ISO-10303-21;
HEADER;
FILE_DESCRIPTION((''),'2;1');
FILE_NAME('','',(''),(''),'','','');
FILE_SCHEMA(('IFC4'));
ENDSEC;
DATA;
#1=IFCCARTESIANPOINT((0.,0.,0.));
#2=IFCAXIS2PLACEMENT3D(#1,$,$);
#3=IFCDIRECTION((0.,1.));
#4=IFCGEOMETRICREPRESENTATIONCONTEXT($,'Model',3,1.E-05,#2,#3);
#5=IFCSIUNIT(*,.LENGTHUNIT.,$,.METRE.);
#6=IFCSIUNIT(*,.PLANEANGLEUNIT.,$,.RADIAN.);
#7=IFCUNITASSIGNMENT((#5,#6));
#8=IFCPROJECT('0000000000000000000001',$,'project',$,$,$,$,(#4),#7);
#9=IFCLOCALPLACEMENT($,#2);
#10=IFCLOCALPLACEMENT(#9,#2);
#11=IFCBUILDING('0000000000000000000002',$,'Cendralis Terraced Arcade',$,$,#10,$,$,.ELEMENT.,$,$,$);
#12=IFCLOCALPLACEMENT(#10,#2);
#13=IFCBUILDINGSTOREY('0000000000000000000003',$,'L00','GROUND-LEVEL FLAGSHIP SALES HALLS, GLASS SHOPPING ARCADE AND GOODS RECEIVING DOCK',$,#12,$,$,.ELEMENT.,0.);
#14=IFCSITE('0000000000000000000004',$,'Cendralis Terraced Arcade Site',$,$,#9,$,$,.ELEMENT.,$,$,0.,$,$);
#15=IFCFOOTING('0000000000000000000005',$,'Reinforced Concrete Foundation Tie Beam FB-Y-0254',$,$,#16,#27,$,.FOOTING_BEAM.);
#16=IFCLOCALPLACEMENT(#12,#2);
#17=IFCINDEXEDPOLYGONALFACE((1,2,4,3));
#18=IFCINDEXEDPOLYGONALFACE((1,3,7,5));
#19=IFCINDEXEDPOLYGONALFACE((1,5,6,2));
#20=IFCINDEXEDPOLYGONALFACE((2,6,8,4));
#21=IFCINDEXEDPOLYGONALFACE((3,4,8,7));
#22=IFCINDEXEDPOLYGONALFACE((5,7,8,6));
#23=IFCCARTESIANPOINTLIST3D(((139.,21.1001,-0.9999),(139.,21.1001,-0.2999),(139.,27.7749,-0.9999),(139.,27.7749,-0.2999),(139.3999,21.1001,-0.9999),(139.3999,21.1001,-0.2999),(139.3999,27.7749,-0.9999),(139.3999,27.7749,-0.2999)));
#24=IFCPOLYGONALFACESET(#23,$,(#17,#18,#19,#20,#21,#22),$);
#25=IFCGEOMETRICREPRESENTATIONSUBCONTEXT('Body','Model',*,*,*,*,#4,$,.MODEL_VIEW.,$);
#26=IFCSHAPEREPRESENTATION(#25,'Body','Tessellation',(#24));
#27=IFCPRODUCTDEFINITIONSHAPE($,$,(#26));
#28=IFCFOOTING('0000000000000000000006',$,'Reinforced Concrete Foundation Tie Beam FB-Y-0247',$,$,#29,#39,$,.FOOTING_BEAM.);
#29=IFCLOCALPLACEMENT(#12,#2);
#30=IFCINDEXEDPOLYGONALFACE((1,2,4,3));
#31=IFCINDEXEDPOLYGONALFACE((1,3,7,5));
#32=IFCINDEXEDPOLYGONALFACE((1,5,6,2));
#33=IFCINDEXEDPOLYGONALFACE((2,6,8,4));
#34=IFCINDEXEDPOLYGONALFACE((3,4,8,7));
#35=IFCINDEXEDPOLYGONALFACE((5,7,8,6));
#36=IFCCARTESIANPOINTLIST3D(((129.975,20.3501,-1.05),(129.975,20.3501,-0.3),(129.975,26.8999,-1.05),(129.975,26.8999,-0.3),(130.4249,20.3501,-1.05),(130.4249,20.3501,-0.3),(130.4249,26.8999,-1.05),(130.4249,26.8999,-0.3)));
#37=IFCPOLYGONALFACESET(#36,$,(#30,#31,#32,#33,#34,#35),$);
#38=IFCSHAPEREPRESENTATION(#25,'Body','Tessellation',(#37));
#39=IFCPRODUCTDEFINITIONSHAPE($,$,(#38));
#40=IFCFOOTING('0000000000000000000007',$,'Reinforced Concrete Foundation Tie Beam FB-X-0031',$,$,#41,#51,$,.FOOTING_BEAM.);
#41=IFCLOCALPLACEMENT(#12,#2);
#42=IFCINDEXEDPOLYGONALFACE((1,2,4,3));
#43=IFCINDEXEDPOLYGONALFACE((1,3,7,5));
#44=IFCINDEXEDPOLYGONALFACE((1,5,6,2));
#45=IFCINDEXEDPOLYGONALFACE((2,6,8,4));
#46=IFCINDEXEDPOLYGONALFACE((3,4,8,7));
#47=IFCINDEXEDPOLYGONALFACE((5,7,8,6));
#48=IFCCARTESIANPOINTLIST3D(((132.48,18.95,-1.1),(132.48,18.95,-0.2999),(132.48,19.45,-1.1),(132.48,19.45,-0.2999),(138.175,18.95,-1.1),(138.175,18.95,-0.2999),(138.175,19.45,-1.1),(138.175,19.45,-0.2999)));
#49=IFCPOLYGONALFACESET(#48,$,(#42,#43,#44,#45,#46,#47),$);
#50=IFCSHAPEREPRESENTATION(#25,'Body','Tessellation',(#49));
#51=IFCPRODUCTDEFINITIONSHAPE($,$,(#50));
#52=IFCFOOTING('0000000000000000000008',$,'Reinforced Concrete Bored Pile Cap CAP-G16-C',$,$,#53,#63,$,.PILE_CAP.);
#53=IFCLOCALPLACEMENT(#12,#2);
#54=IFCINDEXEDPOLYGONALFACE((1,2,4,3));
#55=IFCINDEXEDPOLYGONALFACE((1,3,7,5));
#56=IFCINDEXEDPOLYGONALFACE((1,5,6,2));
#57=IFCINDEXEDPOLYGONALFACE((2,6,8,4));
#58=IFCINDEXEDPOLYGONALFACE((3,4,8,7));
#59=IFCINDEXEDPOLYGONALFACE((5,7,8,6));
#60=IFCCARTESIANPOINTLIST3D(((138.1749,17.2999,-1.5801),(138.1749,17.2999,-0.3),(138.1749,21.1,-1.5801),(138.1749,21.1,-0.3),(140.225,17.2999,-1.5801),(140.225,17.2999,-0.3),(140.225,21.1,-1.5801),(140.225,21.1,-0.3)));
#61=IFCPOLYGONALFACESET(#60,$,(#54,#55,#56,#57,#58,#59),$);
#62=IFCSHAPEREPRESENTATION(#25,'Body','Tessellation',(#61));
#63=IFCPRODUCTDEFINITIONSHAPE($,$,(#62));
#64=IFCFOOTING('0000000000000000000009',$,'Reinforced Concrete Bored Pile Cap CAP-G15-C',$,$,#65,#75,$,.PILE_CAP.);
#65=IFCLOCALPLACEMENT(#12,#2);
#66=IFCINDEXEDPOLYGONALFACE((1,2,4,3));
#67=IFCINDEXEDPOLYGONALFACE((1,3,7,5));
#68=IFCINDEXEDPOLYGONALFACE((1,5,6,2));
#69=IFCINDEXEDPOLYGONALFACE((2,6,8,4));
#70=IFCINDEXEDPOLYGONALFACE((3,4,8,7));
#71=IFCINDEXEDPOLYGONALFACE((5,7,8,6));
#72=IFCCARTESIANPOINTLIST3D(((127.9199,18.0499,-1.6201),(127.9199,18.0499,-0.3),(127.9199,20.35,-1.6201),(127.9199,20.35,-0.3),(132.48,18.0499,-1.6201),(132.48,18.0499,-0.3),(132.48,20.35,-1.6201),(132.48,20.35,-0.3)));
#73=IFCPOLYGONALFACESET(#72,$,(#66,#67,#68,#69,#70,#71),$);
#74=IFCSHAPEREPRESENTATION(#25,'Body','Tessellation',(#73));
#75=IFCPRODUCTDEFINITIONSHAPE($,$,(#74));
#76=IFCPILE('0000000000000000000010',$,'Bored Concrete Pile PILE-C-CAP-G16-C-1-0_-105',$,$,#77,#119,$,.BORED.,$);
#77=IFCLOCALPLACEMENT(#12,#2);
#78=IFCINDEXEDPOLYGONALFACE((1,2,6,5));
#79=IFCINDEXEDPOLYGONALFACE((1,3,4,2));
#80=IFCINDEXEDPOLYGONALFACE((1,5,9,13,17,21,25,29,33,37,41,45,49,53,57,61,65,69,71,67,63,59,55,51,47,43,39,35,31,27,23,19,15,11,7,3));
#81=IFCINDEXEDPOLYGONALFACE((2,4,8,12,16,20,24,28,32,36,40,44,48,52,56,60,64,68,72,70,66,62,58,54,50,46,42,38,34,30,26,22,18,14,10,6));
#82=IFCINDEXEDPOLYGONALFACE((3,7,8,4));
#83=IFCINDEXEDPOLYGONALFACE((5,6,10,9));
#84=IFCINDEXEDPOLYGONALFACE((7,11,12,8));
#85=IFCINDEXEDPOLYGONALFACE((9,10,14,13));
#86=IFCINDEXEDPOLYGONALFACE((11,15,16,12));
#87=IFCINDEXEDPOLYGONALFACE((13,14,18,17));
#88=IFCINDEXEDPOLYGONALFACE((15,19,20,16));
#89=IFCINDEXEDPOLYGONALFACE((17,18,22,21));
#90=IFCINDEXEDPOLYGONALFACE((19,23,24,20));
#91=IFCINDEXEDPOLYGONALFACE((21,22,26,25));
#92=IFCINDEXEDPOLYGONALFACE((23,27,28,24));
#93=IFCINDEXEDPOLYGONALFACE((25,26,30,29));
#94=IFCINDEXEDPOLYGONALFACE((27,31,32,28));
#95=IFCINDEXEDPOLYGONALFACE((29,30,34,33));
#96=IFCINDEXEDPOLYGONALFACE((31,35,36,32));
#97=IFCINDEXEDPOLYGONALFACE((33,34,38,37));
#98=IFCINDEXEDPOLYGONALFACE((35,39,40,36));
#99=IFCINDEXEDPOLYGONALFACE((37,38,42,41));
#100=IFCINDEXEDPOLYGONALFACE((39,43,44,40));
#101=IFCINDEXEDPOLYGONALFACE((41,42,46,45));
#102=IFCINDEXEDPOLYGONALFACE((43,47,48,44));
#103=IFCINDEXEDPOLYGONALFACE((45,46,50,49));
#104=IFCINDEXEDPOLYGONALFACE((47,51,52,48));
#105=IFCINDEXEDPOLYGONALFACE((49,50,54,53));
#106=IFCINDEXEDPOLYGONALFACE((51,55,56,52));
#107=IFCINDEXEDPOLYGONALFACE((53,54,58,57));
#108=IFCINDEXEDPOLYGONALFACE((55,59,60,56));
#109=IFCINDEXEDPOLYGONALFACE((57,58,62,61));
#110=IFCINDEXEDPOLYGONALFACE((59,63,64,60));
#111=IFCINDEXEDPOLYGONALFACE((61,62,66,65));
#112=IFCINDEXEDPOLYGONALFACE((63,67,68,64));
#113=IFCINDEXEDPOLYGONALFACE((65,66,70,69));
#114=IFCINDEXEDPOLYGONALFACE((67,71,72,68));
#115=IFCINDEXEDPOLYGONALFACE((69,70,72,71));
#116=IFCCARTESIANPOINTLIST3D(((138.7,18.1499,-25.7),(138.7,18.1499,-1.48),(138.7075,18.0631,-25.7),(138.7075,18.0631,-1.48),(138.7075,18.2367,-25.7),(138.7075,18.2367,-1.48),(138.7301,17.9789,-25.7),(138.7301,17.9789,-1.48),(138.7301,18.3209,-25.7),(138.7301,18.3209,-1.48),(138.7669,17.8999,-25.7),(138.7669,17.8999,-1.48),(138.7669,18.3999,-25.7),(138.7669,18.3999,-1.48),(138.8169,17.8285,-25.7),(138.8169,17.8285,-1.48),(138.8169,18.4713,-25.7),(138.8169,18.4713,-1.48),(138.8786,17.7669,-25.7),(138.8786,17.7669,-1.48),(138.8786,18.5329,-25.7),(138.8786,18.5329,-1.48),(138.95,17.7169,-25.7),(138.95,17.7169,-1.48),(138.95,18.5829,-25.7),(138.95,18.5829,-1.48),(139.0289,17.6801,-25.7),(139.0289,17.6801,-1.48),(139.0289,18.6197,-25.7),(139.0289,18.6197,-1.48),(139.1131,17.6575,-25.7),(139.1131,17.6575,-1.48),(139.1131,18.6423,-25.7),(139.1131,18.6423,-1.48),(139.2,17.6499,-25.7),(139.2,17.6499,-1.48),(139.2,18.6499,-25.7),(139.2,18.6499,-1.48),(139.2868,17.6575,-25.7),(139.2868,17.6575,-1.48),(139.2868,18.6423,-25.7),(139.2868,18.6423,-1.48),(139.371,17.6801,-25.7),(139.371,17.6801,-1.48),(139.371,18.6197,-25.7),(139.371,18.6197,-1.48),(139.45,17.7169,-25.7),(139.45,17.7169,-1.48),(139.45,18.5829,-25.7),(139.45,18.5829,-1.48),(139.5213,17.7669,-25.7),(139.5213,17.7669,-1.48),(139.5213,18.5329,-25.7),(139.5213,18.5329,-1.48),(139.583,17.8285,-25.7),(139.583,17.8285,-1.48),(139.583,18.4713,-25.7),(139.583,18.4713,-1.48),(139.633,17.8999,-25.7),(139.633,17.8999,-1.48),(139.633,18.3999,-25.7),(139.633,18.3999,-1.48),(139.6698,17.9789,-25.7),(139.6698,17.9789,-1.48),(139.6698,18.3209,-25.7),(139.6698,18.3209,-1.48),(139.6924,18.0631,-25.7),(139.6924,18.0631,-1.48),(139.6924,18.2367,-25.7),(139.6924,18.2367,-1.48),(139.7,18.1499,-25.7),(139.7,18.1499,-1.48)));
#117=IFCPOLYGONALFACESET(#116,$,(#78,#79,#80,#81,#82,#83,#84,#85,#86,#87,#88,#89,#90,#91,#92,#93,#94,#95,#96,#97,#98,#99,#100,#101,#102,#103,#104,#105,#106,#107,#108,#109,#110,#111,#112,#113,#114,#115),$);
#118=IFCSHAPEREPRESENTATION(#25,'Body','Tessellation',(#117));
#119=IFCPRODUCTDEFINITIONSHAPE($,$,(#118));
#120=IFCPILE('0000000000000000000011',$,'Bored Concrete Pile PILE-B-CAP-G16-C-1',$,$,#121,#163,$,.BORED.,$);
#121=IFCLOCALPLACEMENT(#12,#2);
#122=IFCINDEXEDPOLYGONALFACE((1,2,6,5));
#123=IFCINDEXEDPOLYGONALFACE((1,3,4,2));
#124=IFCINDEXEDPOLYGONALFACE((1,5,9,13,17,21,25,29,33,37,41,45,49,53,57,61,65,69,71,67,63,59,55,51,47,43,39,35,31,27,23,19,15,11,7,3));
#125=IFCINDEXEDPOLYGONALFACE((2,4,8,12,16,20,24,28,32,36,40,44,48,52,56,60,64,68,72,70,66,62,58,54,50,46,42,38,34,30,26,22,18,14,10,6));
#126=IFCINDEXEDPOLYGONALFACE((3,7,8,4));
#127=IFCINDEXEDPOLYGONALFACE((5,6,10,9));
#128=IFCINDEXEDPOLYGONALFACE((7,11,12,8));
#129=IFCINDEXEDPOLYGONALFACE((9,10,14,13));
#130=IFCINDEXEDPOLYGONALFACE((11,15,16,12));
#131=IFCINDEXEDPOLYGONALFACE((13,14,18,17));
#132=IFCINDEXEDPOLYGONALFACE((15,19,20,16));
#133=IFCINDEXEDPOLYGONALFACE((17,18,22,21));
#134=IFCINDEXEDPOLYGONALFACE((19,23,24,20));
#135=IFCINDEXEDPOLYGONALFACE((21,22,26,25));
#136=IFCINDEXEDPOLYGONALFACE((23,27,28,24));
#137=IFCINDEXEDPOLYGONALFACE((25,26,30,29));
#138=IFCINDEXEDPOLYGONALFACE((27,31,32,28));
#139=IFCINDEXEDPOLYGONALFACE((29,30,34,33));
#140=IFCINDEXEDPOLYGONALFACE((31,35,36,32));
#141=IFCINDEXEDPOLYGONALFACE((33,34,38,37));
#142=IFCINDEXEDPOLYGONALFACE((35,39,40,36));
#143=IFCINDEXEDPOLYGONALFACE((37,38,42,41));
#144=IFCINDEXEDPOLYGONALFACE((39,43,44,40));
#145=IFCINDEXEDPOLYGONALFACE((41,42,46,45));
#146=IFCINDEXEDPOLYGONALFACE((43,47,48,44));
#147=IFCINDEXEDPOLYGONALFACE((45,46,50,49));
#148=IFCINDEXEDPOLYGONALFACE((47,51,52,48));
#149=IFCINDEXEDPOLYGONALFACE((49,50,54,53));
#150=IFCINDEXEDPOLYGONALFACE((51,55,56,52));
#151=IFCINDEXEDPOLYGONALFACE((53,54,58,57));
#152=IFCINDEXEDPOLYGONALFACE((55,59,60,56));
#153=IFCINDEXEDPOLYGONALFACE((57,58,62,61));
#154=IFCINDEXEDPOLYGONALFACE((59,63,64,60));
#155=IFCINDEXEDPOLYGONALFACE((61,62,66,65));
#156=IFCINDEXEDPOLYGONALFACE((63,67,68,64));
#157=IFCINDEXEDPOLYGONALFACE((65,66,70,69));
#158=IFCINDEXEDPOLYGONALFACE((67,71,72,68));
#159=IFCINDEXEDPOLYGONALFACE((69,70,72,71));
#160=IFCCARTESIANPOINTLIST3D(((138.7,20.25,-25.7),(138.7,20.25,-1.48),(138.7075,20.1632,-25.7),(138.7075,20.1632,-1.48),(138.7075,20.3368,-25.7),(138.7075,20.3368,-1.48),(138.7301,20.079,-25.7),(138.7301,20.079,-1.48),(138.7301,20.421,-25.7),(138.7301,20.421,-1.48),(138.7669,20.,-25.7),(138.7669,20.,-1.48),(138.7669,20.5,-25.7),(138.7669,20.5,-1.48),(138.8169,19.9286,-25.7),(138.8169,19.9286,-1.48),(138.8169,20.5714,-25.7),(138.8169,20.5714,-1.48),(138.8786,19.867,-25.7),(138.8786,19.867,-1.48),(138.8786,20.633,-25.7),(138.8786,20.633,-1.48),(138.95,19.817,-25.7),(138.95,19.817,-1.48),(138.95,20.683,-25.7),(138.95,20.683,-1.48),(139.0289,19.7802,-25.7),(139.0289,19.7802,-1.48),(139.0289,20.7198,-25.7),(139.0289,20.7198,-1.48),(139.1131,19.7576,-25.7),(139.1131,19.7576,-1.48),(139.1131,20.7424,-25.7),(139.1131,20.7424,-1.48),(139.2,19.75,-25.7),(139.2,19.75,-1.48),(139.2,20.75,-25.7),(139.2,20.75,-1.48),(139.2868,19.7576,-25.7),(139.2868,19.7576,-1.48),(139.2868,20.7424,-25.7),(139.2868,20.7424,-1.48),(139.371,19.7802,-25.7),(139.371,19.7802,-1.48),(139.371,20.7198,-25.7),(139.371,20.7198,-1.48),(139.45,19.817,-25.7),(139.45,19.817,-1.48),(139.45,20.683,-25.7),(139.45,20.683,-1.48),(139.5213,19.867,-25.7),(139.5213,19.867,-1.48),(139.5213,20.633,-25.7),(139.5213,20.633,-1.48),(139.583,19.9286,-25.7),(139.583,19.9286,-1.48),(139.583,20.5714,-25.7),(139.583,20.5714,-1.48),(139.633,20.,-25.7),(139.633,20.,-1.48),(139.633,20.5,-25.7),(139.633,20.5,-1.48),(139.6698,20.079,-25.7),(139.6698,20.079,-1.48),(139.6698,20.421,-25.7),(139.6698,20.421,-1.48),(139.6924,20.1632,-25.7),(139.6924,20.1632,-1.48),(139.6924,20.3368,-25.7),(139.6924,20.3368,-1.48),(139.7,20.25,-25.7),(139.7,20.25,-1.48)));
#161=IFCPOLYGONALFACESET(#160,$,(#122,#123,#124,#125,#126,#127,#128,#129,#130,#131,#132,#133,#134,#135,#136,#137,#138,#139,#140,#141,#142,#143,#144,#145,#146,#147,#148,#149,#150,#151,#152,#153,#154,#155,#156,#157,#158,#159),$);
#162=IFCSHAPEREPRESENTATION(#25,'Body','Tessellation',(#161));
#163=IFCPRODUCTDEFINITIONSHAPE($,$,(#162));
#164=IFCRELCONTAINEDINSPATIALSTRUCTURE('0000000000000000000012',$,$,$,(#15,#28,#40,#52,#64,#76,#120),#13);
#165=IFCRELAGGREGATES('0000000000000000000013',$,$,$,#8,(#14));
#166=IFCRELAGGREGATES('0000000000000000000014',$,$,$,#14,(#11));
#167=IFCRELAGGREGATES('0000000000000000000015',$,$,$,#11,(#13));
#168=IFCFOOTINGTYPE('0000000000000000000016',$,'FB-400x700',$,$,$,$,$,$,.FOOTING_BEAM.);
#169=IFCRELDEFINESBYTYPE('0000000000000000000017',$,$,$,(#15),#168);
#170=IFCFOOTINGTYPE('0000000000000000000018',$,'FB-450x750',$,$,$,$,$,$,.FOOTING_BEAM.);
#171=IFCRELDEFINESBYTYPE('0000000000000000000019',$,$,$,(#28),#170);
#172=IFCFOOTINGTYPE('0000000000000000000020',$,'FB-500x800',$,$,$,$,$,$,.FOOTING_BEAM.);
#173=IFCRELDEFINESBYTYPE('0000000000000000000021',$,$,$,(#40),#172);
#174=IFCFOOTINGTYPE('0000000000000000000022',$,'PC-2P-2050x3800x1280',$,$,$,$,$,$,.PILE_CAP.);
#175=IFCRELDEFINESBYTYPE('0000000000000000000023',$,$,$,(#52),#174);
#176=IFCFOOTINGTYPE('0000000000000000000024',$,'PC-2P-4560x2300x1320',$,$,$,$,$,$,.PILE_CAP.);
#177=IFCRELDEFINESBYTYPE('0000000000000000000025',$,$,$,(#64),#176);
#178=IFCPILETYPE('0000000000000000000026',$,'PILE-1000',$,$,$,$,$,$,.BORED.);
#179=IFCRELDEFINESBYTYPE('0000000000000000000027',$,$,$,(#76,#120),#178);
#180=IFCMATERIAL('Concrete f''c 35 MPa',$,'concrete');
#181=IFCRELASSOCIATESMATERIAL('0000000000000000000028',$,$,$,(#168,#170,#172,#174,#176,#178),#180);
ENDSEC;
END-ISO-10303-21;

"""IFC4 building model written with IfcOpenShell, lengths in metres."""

from ifc_helpers import new_model, si_unit, direction, frame, origin, origin_2d, place, context, subcontext, project, spatial, rectangle, circle, extrude, material, material_profile, profile_set, type_object, element, save


model = new_model("IFC4")

# Units and contexts
model_context = context("Model", 3, precision=1e-05, world=origin(), true_north=direction((0.0, 1.0)))
body_context = subcontext(model_context, "Body", "Model", "MODEL_VIEW")
ifc_project = project(units=[si_unit("LENGTHUNIT", "METRE"), si_unit("PLANEANGLEUNIT", "RADIAN")], contexts=[model_context])

# Site, building, storey
site_placement = place(None, origin())
site = spatial("IfcSite", under=ifc_project, at=site_placement, Name="Cendralis Terraced Arcade Site", CompositionType="ELEMENT", RefElevation=0.0)
building_placement = place(site_placement, origin())
building = spatial("IfcBuilding", under=site, at=building_placement, Name="Cendralis Terraced Arcade", CompositionType="ELEMENT")
storey_placement = place(building_placement, origin())
storey = spatial("IfcBuildingStorey", under=building, at=storey_placement, Name="L00", Description="GROUND-LEVEL FLAGSHIP SALES HALLS, GLASS SHOPPING ARCADE AND GOODS RECEIVING DOCK", CompositionType="ELEMENT", Elevation=0.0)

# Footings
ifc_material_1 = material(Name="Concrete f'c 35 MPa", Category="concrete")
ifc_material_profile_1 = material_profile(ifc_material_1, rectangle(XDim=0.3999, YDim=0.7, at=origin_2d()), Name="FB-400x700", Category="LoadBearing")
ifc_profile_set_1 = profile_set([ifc_material_profile_1], Name="Concrete f'c 35 MPa")
footing_type_1 = type_object("IfcFootingType", Name="FB-400x700", PredefinedType="FOOTING_BEAM", material=ifc_profile_set_1)
footing_1_placement = place(storey_placement, frame((139.2, 21.1001, -0.6499), z_axis=(0.0, 1.0, 0.0), x_axis=(-1.0, 0.0, 0.0)))
element("IfcFooting", 1, at=footing_1_placement, inside=storey, type_object=footing_type_1, Name="Reinforced Concrete Foundation Tie Beam FB-Y-0254", PredefinedType="FOOTING_BEAM", context=body_context, shape_type="SweptSolid", body=[
    extrude(rectangle(XDim=0.3999, YDim=0.7, at=origin_2d()), origin(), (0.0, 0.0, 1.0), 6.6748),
])
ifc_material_profile_2 = material_profile(ifc_material_1, rectangle(XDim=0.45, YDim=0.75, at=origin_2d()), Name="FB-450x750", Category="LoadBearing")
ifc_profile_set_2 = profile_set([ifc_material_profile_2], Name="Concrete f'c 35 MPa")
footing_type_2 = type_object("IfcFootingType", Name="FB-450x750", PredefinedType="FOOTING_BEAM", material=ifc_profile_set_2)
footing_2_placement = place(storey_placement, frame((130.2, 20.3501, -0.675), z_axis=(0.0, 1.0, 0.0), x_axis=(-1.0, 0.0, 0.0)))
element("IfcFooting", 2, at=footing_2_placement, inside=storey, type_object=footing_type_2, Name="Reinforced Concrete Foundation Tie Beam FB-Y-0247", PredefinedType="FOOTING_BEAM", context=body_context, shape_type="SweptSolid", body=[
    extrude(rectangle(XDim=0.45, YDim=0.75, at=origin_2d()), origin(), (0.0, 0.0, 1.0), 6.5498),
])
ifc_material_profile_3 = material_profile(ifc_material_1, rectangle(XDim=0.5, YDim=0.8, at=origin_2d()), Name="FB-500x800", Category="LoadBearing")
ifc_profile_set_3 = profile_set([ifc_material_profile_3], Name="Concrete f'c 35 MPa")
footing_type_3 = type_object("IfcFootingType", Name="FB-500x800", PredefinedType="FOOTING_BEAM", material=ifc_profile_set_3)
footing_3_placement = place(storey_placement, frame((132.48, 19.2, -0.7), z_axis=(1.0, 0.0, 0.0), x_axis=(0.0, 1.0, 0.0)))
element("IfcFooting", 3, at=footing_3_placement, inside=storey, type_object=footing_type_3, Name="Reinforced Concrete Foundation Tie Beam FB-X-0031", PredefinedType="FOOTING_BEAM", context=body_context, shape_type="SweptSolid", body=[
    extrude(rectangle(XDim=0.5, YDim=0.8, at=origin_2d()), origin(), (0.0, 0.0, 1.0), 5.6951),
])
footing_type_4 = type_object("IfcFootingType", Name="PC-2P-2050x3800x1280", PredefinedType="PILE_CAP", material=ifc_material_1)
footing_4_placement = place(storey_placement, frame((139.2, 19.2, -1.5801), z_axis=(0.0, 0.0, 1.0), x_axis=(1.0, 0.0, 0.0)))
element("IfcFooting", 4, at=footing_4_placement, inside=storey, type_object=footing_type_4, Name="Reinforced Concrete Bored Pile Cap CAP-G16-C", PredefinedType="PILE_CAP", context=body_context, shape_type="SweptSolid", body=[
    extrude(rectangle(XDim=2.05, YDim=3.8, at=origin_2d()), origin(), (0.0, 0.0, 1.0), 1.28),
])
footing_type_5 = type_object("IfcFootingType", Name="PC-2P-4560x2300x1320", PredefinedType="PILE_CAP", material=ifc_material_1)
footing_5_placement = place(storey_placement, frame((130.2, 19.2, -1.6201), z_axis=(0.0, 0.0, 1.0), x_axis=(1.0, 0.0, 0.0)))
element("IfcFooting", 5, at=footing_5_placement, inside=storey, type_object=footing_type_5, Name="Reinforced Concrete Bored Pile Cap CAP-G15-C", PredefinedType="PILE_CAP", context=body_context, shape_type="SweptSolid", body=[
    extrude(rectangle(XDim=4.5601, YDim=2.3, at=origin_2d()), origin(), (0.0, 0.0, 1.0), 1.3201),
])

# Piles
ifc_material_profile_4 = material_profile(ifc_material_1, circle(Radius=0.5, at=origin_2d()), Name="PILE-D1000", Category="LoadBearing")
ifc_profile_set_4 = profile_set([ifc_material_profile_4], Name="Concrete f'c 35 MPa")
pile_type_1 = type_object("IfcPileType", Name="PILE-1000", PredefinedType="BORED", material=ifc_profile_set_4)
for number, where, z_axis, x_axis, name in (
    (6, (139.2, 18.1499, -1.48), (0.0, 0.0, -1.0), (1.0, 0.0, 0.0), "Bored Concrete Pile PILE-C-CAP-G16-C-1-0_-105"),
    (7, (139.2, 20.25, -1.48), (0.0, 0.0, -1.0), (1.0, 0.0, 0.0), "Bored Concrete Pile PILE-B-CAP-G16-C-1"),
):
    element("IfcPile", number, at=place(storey_placement, frame(where, z_axis=z_axis, x_axis=x_axis)), inside=storey, type_object=pile_type_1, Name=name, PredefinedType="BORED", context=body_context, shape_type="SweptSolid", body=[
        extrude(circle(Radius=0.5, at=origin_2d()), origin(), (0.0, 0.0, 1.0), 24.22),
    ])

save(model, "model.ifc")
